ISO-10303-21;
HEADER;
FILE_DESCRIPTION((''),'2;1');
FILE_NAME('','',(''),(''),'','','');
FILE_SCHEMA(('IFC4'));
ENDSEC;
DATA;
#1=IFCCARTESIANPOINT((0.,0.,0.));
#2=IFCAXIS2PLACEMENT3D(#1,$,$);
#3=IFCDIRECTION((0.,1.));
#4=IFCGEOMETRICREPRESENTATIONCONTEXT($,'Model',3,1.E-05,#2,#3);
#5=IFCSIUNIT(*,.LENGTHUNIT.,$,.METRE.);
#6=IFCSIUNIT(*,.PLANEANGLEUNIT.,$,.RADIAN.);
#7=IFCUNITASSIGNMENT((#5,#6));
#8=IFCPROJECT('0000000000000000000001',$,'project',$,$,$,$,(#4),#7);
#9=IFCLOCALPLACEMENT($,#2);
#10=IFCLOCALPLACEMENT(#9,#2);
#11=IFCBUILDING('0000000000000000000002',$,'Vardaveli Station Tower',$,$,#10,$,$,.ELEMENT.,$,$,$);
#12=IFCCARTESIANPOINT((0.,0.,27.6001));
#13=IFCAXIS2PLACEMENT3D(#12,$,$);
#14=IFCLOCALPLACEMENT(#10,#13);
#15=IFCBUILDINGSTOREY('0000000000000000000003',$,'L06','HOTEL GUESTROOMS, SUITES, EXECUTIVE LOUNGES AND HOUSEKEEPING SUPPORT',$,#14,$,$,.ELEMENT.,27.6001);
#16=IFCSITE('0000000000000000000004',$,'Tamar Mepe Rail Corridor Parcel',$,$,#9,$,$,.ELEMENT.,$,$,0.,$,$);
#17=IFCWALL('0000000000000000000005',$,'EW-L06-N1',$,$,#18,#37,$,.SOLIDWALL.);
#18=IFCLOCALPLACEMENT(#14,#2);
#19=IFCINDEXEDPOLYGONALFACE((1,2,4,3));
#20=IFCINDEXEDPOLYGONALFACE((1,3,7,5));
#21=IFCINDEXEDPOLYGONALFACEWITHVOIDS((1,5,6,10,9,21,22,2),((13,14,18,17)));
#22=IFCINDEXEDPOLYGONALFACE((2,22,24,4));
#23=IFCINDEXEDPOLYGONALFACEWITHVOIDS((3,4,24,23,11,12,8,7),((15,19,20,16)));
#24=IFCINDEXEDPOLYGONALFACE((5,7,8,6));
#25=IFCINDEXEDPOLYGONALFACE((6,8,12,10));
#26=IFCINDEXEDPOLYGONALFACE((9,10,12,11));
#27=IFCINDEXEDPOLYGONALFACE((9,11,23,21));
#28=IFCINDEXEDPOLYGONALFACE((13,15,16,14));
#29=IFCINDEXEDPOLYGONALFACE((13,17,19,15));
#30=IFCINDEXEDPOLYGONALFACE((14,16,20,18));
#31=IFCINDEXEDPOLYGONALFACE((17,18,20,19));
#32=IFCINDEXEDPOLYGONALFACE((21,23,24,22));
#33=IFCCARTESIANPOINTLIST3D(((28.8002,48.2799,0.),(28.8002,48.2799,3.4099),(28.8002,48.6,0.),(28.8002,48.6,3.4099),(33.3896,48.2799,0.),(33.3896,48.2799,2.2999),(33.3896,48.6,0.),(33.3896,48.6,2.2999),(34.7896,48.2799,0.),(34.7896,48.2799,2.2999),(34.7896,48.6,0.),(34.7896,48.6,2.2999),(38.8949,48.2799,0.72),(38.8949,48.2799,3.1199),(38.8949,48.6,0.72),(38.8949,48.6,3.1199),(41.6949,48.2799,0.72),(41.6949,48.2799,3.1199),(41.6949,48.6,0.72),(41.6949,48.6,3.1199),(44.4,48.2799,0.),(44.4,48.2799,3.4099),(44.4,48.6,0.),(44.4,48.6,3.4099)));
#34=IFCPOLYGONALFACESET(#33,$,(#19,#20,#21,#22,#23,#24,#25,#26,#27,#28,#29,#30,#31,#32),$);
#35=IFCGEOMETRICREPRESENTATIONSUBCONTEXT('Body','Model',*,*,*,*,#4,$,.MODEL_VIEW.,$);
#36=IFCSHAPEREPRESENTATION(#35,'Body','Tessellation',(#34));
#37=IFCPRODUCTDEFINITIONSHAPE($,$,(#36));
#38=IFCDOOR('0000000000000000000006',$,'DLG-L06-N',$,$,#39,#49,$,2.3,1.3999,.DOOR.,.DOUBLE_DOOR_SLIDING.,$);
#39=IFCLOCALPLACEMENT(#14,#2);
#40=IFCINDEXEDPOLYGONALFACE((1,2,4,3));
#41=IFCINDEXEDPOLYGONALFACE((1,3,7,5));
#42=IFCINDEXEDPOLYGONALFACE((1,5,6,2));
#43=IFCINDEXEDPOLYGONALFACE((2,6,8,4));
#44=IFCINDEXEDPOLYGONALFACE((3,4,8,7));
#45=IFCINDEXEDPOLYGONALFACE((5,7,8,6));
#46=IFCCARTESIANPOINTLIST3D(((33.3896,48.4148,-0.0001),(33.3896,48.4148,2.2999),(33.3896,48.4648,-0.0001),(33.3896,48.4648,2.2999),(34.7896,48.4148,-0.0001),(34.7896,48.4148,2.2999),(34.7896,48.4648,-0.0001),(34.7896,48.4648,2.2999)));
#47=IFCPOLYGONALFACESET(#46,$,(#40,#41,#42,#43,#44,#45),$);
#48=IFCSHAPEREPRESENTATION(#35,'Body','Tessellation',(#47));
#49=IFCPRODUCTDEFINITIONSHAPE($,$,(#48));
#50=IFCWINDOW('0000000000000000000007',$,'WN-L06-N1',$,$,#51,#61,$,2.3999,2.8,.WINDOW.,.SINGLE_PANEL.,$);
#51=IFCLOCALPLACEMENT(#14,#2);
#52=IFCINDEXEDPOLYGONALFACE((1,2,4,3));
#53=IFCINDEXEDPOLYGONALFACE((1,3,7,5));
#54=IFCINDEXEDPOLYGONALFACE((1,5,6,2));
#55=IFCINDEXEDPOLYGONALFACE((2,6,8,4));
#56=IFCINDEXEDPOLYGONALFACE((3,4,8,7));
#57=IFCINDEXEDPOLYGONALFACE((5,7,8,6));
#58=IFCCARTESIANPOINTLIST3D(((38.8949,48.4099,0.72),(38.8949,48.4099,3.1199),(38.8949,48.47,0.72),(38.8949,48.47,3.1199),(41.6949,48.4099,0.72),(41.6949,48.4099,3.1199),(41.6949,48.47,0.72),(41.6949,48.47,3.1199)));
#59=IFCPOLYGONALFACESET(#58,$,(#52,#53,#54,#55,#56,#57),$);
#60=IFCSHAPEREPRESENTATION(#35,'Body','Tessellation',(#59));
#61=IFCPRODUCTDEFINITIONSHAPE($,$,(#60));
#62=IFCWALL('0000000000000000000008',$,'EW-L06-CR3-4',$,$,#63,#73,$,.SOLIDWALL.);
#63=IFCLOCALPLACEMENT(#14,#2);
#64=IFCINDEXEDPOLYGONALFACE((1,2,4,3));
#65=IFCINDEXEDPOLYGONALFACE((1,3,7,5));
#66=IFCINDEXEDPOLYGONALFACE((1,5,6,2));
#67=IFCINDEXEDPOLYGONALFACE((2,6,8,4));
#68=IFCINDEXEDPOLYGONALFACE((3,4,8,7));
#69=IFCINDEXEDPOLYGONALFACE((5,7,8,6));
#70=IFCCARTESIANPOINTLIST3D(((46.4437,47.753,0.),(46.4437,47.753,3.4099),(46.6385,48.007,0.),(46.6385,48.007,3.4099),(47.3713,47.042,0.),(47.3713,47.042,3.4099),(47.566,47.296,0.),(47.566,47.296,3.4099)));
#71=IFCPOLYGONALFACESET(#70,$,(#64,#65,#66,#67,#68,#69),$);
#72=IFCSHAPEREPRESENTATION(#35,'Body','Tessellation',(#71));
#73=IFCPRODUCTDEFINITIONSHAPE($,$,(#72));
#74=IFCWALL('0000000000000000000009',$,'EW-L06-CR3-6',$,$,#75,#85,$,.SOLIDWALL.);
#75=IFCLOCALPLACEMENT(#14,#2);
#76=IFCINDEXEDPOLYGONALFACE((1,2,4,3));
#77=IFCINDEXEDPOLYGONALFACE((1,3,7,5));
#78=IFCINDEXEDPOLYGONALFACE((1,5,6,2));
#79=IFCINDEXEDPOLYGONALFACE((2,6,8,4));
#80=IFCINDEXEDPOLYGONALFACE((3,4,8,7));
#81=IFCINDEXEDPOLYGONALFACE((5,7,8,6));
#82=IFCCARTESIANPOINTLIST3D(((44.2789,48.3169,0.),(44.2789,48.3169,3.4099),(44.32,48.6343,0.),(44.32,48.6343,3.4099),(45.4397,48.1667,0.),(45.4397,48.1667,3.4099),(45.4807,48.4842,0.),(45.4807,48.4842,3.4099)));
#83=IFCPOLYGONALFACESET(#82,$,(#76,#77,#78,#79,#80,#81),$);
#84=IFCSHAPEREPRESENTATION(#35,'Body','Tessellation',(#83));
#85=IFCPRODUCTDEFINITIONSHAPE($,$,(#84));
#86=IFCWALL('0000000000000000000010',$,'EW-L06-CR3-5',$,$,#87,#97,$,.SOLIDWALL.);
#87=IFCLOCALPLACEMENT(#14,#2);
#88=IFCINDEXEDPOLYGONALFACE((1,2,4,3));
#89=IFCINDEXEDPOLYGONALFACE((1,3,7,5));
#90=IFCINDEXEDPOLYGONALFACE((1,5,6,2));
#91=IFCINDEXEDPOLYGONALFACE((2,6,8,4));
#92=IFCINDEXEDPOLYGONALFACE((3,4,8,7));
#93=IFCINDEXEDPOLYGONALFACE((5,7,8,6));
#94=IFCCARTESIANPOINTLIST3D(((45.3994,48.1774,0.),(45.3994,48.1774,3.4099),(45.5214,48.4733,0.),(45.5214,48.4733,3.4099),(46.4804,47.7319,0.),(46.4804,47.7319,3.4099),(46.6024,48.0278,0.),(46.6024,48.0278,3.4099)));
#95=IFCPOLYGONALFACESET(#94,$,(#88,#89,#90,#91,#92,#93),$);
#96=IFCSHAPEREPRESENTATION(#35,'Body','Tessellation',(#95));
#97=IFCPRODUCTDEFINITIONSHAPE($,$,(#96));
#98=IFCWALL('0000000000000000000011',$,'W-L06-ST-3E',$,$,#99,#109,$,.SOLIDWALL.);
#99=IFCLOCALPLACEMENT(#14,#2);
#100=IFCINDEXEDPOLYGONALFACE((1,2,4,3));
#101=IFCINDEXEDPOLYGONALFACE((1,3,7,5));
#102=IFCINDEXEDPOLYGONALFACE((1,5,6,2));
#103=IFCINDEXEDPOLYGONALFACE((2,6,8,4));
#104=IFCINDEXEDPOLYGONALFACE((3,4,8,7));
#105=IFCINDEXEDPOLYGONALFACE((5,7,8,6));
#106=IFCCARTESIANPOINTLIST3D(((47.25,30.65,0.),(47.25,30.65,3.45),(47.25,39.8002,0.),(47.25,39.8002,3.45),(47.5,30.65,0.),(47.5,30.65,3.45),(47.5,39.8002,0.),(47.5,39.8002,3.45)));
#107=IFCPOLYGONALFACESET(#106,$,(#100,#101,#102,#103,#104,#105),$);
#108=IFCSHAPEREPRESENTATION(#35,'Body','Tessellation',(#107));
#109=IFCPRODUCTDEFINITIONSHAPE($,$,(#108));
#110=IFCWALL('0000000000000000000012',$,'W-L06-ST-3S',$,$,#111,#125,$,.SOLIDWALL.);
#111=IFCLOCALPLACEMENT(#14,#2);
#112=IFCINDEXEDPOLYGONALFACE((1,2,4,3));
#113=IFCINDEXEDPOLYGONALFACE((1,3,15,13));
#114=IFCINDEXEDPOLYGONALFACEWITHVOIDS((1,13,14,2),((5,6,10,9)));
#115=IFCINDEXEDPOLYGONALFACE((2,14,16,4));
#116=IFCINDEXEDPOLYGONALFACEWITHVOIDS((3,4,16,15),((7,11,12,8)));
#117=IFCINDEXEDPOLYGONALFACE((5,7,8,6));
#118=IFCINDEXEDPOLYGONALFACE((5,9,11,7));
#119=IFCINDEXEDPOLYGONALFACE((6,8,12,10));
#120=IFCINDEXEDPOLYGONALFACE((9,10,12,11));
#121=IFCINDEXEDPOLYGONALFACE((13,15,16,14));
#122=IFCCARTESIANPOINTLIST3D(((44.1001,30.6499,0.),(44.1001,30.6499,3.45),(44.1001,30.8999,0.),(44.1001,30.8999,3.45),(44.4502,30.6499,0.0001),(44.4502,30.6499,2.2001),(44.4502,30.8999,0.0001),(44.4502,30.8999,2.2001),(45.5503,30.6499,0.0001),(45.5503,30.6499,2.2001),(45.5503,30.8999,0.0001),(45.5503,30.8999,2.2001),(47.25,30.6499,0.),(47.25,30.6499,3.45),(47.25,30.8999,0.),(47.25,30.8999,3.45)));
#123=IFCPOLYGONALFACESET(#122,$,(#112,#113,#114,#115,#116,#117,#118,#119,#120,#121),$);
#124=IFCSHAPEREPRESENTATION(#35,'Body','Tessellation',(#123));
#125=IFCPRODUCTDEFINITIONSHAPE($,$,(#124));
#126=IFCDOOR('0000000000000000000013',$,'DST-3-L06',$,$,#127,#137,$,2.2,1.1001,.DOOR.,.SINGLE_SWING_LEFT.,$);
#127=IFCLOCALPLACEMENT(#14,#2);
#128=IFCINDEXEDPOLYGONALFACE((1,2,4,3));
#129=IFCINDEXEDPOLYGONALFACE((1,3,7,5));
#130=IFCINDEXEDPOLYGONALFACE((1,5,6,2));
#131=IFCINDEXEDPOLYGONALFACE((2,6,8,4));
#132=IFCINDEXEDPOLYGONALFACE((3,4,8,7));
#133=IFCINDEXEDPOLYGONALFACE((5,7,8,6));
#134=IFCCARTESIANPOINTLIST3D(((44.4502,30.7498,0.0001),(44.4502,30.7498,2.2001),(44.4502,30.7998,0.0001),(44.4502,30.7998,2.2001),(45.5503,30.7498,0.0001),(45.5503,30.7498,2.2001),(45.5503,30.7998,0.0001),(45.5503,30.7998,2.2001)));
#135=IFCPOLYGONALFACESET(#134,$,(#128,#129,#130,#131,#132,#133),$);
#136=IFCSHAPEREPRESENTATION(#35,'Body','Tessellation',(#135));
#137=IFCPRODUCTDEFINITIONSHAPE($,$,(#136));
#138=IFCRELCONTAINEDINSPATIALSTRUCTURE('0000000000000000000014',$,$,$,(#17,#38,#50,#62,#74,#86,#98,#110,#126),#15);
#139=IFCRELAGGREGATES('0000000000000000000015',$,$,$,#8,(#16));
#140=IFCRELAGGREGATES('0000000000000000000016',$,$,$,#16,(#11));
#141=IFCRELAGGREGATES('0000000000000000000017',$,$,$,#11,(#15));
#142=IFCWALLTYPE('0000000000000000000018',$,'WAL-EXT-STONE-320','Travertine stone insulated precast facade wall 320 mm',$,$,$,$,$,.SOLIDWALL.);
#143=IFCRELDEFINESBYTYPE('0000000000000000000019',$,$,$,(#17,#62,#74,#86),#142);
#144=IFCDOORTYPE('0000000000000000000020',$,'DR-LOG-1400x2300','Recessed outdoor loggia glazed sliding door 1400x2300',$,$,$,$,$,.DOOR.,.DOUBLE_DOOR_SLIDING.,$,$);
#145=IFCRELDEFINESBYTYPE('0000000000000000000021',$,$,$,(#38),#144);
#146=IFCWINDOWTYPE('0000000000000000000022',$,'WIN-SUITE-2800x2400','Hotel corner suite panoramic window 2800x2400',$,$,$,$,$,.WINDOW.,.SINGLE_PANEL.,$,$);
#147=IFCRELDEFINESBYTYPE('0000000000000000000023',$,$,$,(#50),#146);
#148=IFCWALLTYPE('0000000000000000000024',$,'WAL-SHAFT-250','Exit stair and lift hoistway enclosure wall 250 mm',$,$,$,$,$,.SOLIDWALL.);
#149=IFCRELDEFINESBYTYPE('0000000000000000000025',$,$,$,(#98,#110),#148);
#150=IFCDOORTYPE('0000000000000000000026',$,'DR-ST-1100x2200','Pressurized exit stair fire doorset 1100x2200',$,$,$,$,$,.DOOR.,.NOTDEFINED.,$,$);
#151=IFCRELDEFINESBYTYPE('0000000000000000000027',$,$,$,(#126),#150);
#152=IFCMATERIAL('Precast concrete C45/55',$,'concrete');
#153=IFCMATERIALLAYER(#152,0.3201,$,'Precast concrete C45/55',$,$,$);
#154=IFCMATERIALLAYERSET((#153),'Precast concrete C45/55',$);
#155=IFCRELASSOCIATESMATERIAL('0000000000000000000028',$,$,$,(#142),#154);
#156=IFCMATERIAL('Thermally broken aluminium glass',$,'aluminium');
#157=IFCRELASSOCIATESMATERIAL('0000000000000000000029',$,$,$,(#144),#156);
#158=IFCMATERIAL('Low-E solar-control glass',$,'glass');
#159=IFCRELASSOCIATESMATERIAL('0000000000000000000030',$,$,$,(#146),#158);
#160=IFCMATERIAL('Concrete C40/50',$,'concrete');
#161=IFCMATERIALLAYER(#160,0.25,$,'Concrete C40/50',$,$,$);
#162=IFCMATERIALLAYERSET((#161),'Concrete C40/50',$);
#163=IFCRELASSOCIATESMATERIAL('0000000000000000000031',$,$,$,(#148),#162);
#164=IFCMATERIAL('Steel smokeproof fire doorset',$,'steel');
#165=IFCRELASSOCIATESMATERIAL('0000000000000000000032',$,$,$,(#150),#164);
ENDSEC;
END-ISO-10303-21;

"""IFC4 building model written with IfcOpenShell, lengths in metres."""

from ifc_helpers import new_model, si_unit, direction, frame, frame_2d, origin, place, context, subcontext, project, spatial, rectangle, extrude, source, transform, mapped, material, layer, layer_set, type_object, element, fill, save


model = new_model("IFC4")

# Units and contexts
model_context = context("Model", 3, precision=1e-05, world=origin(), true_north=direction((0.0, 1.0)))
body_context = subcontext(model_context, "Body", "Model", "MODEL_VIEW")
ifc_project = project(units=[si_unit("LENGTHUNIT", "METRE"), si_unit("PLANEANGLEUNIT", "RADIAN")], contexts=[model_context])

# Site, building, storey
site_placement = place(None, origin())
site = spatial("IfcSite", under=ifc_project, at=site_placement, Name="Tamar Mepe Rail Corridor Parcel", CompositionType="ELEMENT", RefElevation=0.0)
building_placement = place(site_placement, origin())
building = spatial("IfcBuilding", under=site, at=building_placement, Name="Vardaveli Station Tower", CompositionType="ELEMENT")
storey_placement = place(building_placement, frame((0.0, 0.0, 27.6001)))
storey = spatial("IfcBuildingStorey", under=building, at=storey_placement, Name="L06", Description="HOTEL GUESTROOMS, SUITES, EXECUTIVE LOUNGES AND HOUSEKEEPING SUPPORT", CompositionType="ELEMENT", Elevation=27.6001)

# Shared definitions
ifc_material_1 = material(Name="Precast concrete C45/55", Category="concrete")

# Wall, openings, door, window
ifc_layer_1 = layer(ifc_material_1, 0.3201, Name="Precast concrete C45/55")
ifc_layer_set_1 = layer_set([ifc_layer_1], Name="Precast concrete C45/55")
wall_type_1 = type_object("IfcWallType", Name="WAL-EXT-STONE-320", Description="Travertine stone insulated precast facade wall 320 mm", PredefinedType="SOLIDWALL", material=ifc_layer_set_1)
shared_shape_1 = source(origin(), body_context, "Body", "SweptSolid", [
    extrude(rectangle(XDim=15.5999, YDim=0.3201, at=frame_2d((7.7998, 0.0))), origin(), (0.0, 0.0, 1.0), 3.4099),
])
wall_1_placement = place(storey_placement, frame((44.3999, 48.4399, 0.0), z_axis=(0.0, 0.0, 1.0), x_axis=(-1.0, 0.0, 0.0)))
wall_1 = element("IfcWall", 1, at=wall_1_placement, inside=storey, type_object=wall_type_1, Name="EW-L06-N1", PredefinedType="SOLIDWALL", context=body_context, shape_type="MappedRepresentation", body=[
    mapped(shared_shape_1, transform((0.0, 0.0, 0.0), scale=1.0)),
])
shared_shape_2 = source(origin(), body_context, "Body", "SweptSolid", [
    extrude(rectangle(XDim=1.3999, YDim=2.3, at=frame_2d((0.7, 1.1499))), frame((0.0, 0.1699, 0.0), z_axis=(0.0, -1.0, 0.0), x_axis=(1.0, 0.0, 0.0)), (0.0, 0.0, 1.0), 0.3401),
])
opening_1_placement = place(wall_1_placement, frame((9.6104, 0.0, 0.0)))
opening_1 = element("IfcOpeningElement", 2, at=opening_1_placement, cuts=wall_1, PredefinedType="OPENING", context=body_context, shape_type="MappedRepresentation", body=[
    mapped(shared_shape_2, transform((0.0, 0.0, 0.0), scale=1.0)),
])
shared_shape_3 = source(origin(), body_context, "Body", "SweptSolid", [
    extrude(rectangle(XDim=2.8, YDim=2.3999, at=frame_2d((1.3999, 1.2))), frame((0.0, 0.1699, 0.0), z_axis=(0.0, -1.0, 0.0), x_axis=(1.0, 0.0, 0.0)), (0.0, 0.0, 1.0), 0.3401),
])
opening_2_placement = place(wall_1_placement, frame((2.7051, 0.0, 0.72)))
opening_2 = element("IfcOpeningElement", 3, at=opening_2_placement, cuts=wall_1, PredefinedType="OPENING", context=body_context, shape_type="MappedRepresentation", body=[
    mapped(shared_shape_3, transform((0.0, 0.0, 0.0), scale=1.0)),
])
ifc_material_2 = material(Name="Thermally broken aluminium glass", Category="aluminium")
door_type_1 = type_object("IfcDoorType", Name="DR-LOG-1400x2300", Description="Recessed outdoor loggia glazed sliding door 1400x2300", OperationType="DOUBLE_DOOR_SLIDING", PredefinedType="DOOR", material=ifc_material_2)
shared_shape_4 = source(origin(), body_context, "Body", "SweptSolid", [
    extrude(rectangle(XDim=1.3999, YDim=2.3, at=frame_2d((0.7, 1.1499))), frame((0.0, 0.0249, 0.0), z_axis=(0.0, -1.0, 0.0), x_axis=(1.0, 0.0, 0.0)), (0.0, 0.0, 1.0), 0.05),
])
door_1_placement = place(opening_1_placement, frame((1.3999, 0.0, 0.0), z_axis=(0.0, 0.0, 1.0), x_axis=(-1.0, 0.0, 0.0)))
door_1 = element("IfcDoor", 4, at=door_1_placement, inside=storey, type_object=door_type_1, Name="DLG-L06-N", OperationType="DOUBLE_DOOR_SLIDING", OverallHeight=2.3, OverallWidth=1.3999, PredefinedType="DOOR", context=body_context, shape_type="MappedRepresentation", body=[
    mapped(shared_shape_4, transform((0.0, 0.0, 0.0), scale=1.0)),
])
fill(opening_1, door_1)
ifc_material_3 = material(Name="Low-E solar-control glass", Category="glass")
window_type = type_object("IfcWindowType", Name="WIN-SUITE-2800x2400", Description="Hotel corner suite panoramic window 2800x2400", PartitioningType="SINGLE_PANEL", PredefinedType="WINDOW", material=ifc_material_3)
shared_shape_5 = source(origin(), body_context, "Body", "SweptSolid", [
    extrude(rectangle(XDim=2.8, YDim=2.3999, at=frame_2d((1.3999, 1.2))), frame((0.0, 0.03, 0.0), z_axis=(0.0, -1.0, 0.0), x_axis=(1.0, 0.0, 0.0)), (0.0, 0.0, 1.0), 0.0601),
])
window_placement = place(opening_2_placement, origin())
window = element("IfcWindow", 5, at=window_placement, inside=storey, type_object=window_type, Name="WN-L06-N1", OverallHeight=2.3999, OverallWidth=2.8, PartitioningType="SINGLE_PANEL", PredefinedType="WINDOW", context=body_context, shape_type="MappedRepresentation", body=[
    mapped(shared_shape_5, transform((0.0, 0.0, 0.0), scale=1.0)),
])
fill(opening_2, window)

# Walls
shared_shape_6 = source(origin(), body_context, "Body", "SweptSolid", [
    extrude(rectangle(XDim=1.1687, YDim=0.3201, at=frame_2d((0.5845, 0.0))), origin(), (0.0, 0.0, 1.0), 3.4099),
])
wall_2_placement = place(storey_placement, frame((47.4688, 47.1689, 0.0), z_axis=(0.0, 0.0, 1.0), x_axis=(-0.793664, 0.608357, 0.0)))
element("IfcWall", 6, at=wall_2_placement, inside=storey, type_object=wall_type_1, Name="EW-L06-CR3-4", PredefinedType="SOLIDWALL", context=body_context, shape_type="MappedRepresentation", body=[
    mapped(shared_shape_6, transform((0.0, 0.0, 0.0), scale=1.0)),
])
shared_shape_7 = source(origin(), body_context, "Body", "SweptSolid", [
    extrude(rectangle(XDim=1.1704, YDim=0.3201, at=frame_2d((0.5852, 0.0))), origin(), (0.0, 0.0, 1.0), 3.4099),
])
wall_3_placement = place(storey_placement, frame((45.4602, 48.3254, 0.0), z_axis=(0.0, 0.0, 1.0), x_axis=(-0.991736, 0.128296, 0.0)))
element("IfcWall", 7, at=wall_3_placement, inside=storey, type_object=wall_type_1, Name="EW-L06-CR3-6", PredefinedType="SOLIDWALL", context=body_context, shape_type="MappedRepresentation", body=[
    mapped(shared_shape_7, transform((0.0, 0.0, 0.0), scale=1.0)),
])
shared_shape_8 = source(origin(), body_context, "Body", "SweptSolid", [
    extrude(rectangle(XDim=1.1692, YDim=0.3201, at=frame_2d((0.5845, 0.0))), origin(), (0.0, 0.0, 1.0), 3.4099),
])
wall_4_placement = place(storey_placement, frame((46.5413, 47.8799, 0.0), z_axis=(0.0, 0.0, 1.0), x_axis=(-0.924553, 0.381054, 0.0)))
element("IfcWall", 8, at=wall_4_placement, inside=storey, type_object=wall_type_1, Name="EW-L06-CR3-5", PredefinedType="SOLIDWALL", context=body_context, shape_type="MappedRepresentation", body=[
    mapped(shared_shape_8, transform((0.0, 0.0, 0.0), scale=1.0)),
])
ifc_material_4 = material(Name="Concrete C40/50", Category="concrete")
ifc_layer_2 = layer(ifc_material_4, 0.25, Name="Concrete C40/50")
ifc_layer_set_2 = layer_set([ifc_layer_2], Name="Concrete C40/50")
wall_type_2 = type_object("IfcWallType", Name="WAL-SHAFT-250", Description="Exit stair and lift hoistway enclosure wall 250 mm", PredefinedType="SOLIDWALL", material=ifc_layer_set_2)
shared_shape_9 = source(origin(), body_context, "Body", "SweptSolid", [
    extrude(rectangle(XDim=9.1501, YDim=0.25, at=frame_2d((4.5752, 0.0))), origin(), (0.0, 0.0, 1.0), 3.45),
])
wall_5_placement = place(storey_placement, frame((47.375, 30.6499, 0.0), z_axis=(0.0, 0.0, 1.0), x_axis=(0.0, 1.0, 0.0)))
element("IfcWall", 9, at=wall_5_placement, inside=storey, type_object=wall_type_2, Name="W-L06-ST-3E", PredefinedType="SOLIDWALL", context=body_context, shape_type="MappedRepresentation", body=[
    mapped(shared_shape_9, transform((0.0, 0.0, 0.0), scale=1.0)),
])

# Wall, opening, door
shared_shape_10 = source(origin(), body_context, "Body", "SweptSolid", [
    extrude(rectangle(XDim=3.1499, YDim=0.25, at=frame_2d((1.575, 0.0))), origin(), (0.0, 0.0, 1.0), 3.45),
])
wall_6_placement = place(storey_placement, frame((44.1001, 30.7749, 0.0), z_axis=(0.0, 0.0, 1.0), x_axis=(1.0, 0.0, 0.0)))
wall_6 = element("IfcWall", 10, at=wall_6_placement, inside=storey, type_object=wall_type_2, Name="W-L06-ST-3S", PredefinedType="SOLIDWALL", context=body_context, shape_type="MappedRepresentation", body=[
    mapped(shared_shape_10, transform((0.0, 0.0, 0.0), scale=1.0)),
])
shared_shape_11 = source(origin(), body_context, "Body", "SweptSolid", [
    extrude(rectangle(XDim=1.1001, YDim=2.2, at=frame_2d((0.55, 1.1001))), frame((0.0, 0.135, 0.0), z_axis=(0.0, -1.0, 0.0), x_axis=(1.0, 0.0, 0.0)), (0.0, 0.0, 1.0), 0.27),
])
opening_3_placement = place(wall_6_placement, frame((0.3501, 0.0, 0.0)))
opening_3 = element("IfcOpeningElement", 11, at=opening_3_placement, cuts=wall_6, PredefinedType="OPENING", context=body_context, shape_type="MappedRepresentation", body=[
    mapped(shared_shape_11, transform((0.0, 0.0, 0.0), scale=1.0)),
])
ifc_material_5 = material(Name="Steel smokeproof fire doorset", Category="steel")
door_type_2 = type_object("IfcDoorType", Name="DR-ST-1100x2200", Description="Pressurized exit stair fire doorset 1100x2200", OperationType="NOTDEFINED", PredefinedType="DOOR", material=ifc_material_5)
shared_shape_12 = source(origin(), body_context, "Body", "SweptSolid", [
    extrude(rectangle(XDim=1.1001, YDim=2.2, at=frame_2d((0.55, 1.1001))), frame((0.0, 0.0249, 0.0), z_axis=(0.0, -1.0, 0.0), x_axis=(1.0, 0.0, 0.0)), (0.0, 0.0, 1.0), 0.05),
])
door_2_placement = place(opening_3_placement, origin())
door_2 = element("IfcDoor", 12, at=door_2_placement, inside=storey, type_object=door_type_2, Name="DST-3-L06", OperationType="SINGLE_SWING_LEFT", OverallHeight=2.2, OverallWidth=1.1001, PredefinedType="DOOR", context=body_context, shape_type="MappedRepresentation", body=[
    mapped(shared_shape_12, transform((0.0, 0.0, 0.0), scale=1.0)),
])
fill(opening_3, door_2)

save(model, "model.ifc")
